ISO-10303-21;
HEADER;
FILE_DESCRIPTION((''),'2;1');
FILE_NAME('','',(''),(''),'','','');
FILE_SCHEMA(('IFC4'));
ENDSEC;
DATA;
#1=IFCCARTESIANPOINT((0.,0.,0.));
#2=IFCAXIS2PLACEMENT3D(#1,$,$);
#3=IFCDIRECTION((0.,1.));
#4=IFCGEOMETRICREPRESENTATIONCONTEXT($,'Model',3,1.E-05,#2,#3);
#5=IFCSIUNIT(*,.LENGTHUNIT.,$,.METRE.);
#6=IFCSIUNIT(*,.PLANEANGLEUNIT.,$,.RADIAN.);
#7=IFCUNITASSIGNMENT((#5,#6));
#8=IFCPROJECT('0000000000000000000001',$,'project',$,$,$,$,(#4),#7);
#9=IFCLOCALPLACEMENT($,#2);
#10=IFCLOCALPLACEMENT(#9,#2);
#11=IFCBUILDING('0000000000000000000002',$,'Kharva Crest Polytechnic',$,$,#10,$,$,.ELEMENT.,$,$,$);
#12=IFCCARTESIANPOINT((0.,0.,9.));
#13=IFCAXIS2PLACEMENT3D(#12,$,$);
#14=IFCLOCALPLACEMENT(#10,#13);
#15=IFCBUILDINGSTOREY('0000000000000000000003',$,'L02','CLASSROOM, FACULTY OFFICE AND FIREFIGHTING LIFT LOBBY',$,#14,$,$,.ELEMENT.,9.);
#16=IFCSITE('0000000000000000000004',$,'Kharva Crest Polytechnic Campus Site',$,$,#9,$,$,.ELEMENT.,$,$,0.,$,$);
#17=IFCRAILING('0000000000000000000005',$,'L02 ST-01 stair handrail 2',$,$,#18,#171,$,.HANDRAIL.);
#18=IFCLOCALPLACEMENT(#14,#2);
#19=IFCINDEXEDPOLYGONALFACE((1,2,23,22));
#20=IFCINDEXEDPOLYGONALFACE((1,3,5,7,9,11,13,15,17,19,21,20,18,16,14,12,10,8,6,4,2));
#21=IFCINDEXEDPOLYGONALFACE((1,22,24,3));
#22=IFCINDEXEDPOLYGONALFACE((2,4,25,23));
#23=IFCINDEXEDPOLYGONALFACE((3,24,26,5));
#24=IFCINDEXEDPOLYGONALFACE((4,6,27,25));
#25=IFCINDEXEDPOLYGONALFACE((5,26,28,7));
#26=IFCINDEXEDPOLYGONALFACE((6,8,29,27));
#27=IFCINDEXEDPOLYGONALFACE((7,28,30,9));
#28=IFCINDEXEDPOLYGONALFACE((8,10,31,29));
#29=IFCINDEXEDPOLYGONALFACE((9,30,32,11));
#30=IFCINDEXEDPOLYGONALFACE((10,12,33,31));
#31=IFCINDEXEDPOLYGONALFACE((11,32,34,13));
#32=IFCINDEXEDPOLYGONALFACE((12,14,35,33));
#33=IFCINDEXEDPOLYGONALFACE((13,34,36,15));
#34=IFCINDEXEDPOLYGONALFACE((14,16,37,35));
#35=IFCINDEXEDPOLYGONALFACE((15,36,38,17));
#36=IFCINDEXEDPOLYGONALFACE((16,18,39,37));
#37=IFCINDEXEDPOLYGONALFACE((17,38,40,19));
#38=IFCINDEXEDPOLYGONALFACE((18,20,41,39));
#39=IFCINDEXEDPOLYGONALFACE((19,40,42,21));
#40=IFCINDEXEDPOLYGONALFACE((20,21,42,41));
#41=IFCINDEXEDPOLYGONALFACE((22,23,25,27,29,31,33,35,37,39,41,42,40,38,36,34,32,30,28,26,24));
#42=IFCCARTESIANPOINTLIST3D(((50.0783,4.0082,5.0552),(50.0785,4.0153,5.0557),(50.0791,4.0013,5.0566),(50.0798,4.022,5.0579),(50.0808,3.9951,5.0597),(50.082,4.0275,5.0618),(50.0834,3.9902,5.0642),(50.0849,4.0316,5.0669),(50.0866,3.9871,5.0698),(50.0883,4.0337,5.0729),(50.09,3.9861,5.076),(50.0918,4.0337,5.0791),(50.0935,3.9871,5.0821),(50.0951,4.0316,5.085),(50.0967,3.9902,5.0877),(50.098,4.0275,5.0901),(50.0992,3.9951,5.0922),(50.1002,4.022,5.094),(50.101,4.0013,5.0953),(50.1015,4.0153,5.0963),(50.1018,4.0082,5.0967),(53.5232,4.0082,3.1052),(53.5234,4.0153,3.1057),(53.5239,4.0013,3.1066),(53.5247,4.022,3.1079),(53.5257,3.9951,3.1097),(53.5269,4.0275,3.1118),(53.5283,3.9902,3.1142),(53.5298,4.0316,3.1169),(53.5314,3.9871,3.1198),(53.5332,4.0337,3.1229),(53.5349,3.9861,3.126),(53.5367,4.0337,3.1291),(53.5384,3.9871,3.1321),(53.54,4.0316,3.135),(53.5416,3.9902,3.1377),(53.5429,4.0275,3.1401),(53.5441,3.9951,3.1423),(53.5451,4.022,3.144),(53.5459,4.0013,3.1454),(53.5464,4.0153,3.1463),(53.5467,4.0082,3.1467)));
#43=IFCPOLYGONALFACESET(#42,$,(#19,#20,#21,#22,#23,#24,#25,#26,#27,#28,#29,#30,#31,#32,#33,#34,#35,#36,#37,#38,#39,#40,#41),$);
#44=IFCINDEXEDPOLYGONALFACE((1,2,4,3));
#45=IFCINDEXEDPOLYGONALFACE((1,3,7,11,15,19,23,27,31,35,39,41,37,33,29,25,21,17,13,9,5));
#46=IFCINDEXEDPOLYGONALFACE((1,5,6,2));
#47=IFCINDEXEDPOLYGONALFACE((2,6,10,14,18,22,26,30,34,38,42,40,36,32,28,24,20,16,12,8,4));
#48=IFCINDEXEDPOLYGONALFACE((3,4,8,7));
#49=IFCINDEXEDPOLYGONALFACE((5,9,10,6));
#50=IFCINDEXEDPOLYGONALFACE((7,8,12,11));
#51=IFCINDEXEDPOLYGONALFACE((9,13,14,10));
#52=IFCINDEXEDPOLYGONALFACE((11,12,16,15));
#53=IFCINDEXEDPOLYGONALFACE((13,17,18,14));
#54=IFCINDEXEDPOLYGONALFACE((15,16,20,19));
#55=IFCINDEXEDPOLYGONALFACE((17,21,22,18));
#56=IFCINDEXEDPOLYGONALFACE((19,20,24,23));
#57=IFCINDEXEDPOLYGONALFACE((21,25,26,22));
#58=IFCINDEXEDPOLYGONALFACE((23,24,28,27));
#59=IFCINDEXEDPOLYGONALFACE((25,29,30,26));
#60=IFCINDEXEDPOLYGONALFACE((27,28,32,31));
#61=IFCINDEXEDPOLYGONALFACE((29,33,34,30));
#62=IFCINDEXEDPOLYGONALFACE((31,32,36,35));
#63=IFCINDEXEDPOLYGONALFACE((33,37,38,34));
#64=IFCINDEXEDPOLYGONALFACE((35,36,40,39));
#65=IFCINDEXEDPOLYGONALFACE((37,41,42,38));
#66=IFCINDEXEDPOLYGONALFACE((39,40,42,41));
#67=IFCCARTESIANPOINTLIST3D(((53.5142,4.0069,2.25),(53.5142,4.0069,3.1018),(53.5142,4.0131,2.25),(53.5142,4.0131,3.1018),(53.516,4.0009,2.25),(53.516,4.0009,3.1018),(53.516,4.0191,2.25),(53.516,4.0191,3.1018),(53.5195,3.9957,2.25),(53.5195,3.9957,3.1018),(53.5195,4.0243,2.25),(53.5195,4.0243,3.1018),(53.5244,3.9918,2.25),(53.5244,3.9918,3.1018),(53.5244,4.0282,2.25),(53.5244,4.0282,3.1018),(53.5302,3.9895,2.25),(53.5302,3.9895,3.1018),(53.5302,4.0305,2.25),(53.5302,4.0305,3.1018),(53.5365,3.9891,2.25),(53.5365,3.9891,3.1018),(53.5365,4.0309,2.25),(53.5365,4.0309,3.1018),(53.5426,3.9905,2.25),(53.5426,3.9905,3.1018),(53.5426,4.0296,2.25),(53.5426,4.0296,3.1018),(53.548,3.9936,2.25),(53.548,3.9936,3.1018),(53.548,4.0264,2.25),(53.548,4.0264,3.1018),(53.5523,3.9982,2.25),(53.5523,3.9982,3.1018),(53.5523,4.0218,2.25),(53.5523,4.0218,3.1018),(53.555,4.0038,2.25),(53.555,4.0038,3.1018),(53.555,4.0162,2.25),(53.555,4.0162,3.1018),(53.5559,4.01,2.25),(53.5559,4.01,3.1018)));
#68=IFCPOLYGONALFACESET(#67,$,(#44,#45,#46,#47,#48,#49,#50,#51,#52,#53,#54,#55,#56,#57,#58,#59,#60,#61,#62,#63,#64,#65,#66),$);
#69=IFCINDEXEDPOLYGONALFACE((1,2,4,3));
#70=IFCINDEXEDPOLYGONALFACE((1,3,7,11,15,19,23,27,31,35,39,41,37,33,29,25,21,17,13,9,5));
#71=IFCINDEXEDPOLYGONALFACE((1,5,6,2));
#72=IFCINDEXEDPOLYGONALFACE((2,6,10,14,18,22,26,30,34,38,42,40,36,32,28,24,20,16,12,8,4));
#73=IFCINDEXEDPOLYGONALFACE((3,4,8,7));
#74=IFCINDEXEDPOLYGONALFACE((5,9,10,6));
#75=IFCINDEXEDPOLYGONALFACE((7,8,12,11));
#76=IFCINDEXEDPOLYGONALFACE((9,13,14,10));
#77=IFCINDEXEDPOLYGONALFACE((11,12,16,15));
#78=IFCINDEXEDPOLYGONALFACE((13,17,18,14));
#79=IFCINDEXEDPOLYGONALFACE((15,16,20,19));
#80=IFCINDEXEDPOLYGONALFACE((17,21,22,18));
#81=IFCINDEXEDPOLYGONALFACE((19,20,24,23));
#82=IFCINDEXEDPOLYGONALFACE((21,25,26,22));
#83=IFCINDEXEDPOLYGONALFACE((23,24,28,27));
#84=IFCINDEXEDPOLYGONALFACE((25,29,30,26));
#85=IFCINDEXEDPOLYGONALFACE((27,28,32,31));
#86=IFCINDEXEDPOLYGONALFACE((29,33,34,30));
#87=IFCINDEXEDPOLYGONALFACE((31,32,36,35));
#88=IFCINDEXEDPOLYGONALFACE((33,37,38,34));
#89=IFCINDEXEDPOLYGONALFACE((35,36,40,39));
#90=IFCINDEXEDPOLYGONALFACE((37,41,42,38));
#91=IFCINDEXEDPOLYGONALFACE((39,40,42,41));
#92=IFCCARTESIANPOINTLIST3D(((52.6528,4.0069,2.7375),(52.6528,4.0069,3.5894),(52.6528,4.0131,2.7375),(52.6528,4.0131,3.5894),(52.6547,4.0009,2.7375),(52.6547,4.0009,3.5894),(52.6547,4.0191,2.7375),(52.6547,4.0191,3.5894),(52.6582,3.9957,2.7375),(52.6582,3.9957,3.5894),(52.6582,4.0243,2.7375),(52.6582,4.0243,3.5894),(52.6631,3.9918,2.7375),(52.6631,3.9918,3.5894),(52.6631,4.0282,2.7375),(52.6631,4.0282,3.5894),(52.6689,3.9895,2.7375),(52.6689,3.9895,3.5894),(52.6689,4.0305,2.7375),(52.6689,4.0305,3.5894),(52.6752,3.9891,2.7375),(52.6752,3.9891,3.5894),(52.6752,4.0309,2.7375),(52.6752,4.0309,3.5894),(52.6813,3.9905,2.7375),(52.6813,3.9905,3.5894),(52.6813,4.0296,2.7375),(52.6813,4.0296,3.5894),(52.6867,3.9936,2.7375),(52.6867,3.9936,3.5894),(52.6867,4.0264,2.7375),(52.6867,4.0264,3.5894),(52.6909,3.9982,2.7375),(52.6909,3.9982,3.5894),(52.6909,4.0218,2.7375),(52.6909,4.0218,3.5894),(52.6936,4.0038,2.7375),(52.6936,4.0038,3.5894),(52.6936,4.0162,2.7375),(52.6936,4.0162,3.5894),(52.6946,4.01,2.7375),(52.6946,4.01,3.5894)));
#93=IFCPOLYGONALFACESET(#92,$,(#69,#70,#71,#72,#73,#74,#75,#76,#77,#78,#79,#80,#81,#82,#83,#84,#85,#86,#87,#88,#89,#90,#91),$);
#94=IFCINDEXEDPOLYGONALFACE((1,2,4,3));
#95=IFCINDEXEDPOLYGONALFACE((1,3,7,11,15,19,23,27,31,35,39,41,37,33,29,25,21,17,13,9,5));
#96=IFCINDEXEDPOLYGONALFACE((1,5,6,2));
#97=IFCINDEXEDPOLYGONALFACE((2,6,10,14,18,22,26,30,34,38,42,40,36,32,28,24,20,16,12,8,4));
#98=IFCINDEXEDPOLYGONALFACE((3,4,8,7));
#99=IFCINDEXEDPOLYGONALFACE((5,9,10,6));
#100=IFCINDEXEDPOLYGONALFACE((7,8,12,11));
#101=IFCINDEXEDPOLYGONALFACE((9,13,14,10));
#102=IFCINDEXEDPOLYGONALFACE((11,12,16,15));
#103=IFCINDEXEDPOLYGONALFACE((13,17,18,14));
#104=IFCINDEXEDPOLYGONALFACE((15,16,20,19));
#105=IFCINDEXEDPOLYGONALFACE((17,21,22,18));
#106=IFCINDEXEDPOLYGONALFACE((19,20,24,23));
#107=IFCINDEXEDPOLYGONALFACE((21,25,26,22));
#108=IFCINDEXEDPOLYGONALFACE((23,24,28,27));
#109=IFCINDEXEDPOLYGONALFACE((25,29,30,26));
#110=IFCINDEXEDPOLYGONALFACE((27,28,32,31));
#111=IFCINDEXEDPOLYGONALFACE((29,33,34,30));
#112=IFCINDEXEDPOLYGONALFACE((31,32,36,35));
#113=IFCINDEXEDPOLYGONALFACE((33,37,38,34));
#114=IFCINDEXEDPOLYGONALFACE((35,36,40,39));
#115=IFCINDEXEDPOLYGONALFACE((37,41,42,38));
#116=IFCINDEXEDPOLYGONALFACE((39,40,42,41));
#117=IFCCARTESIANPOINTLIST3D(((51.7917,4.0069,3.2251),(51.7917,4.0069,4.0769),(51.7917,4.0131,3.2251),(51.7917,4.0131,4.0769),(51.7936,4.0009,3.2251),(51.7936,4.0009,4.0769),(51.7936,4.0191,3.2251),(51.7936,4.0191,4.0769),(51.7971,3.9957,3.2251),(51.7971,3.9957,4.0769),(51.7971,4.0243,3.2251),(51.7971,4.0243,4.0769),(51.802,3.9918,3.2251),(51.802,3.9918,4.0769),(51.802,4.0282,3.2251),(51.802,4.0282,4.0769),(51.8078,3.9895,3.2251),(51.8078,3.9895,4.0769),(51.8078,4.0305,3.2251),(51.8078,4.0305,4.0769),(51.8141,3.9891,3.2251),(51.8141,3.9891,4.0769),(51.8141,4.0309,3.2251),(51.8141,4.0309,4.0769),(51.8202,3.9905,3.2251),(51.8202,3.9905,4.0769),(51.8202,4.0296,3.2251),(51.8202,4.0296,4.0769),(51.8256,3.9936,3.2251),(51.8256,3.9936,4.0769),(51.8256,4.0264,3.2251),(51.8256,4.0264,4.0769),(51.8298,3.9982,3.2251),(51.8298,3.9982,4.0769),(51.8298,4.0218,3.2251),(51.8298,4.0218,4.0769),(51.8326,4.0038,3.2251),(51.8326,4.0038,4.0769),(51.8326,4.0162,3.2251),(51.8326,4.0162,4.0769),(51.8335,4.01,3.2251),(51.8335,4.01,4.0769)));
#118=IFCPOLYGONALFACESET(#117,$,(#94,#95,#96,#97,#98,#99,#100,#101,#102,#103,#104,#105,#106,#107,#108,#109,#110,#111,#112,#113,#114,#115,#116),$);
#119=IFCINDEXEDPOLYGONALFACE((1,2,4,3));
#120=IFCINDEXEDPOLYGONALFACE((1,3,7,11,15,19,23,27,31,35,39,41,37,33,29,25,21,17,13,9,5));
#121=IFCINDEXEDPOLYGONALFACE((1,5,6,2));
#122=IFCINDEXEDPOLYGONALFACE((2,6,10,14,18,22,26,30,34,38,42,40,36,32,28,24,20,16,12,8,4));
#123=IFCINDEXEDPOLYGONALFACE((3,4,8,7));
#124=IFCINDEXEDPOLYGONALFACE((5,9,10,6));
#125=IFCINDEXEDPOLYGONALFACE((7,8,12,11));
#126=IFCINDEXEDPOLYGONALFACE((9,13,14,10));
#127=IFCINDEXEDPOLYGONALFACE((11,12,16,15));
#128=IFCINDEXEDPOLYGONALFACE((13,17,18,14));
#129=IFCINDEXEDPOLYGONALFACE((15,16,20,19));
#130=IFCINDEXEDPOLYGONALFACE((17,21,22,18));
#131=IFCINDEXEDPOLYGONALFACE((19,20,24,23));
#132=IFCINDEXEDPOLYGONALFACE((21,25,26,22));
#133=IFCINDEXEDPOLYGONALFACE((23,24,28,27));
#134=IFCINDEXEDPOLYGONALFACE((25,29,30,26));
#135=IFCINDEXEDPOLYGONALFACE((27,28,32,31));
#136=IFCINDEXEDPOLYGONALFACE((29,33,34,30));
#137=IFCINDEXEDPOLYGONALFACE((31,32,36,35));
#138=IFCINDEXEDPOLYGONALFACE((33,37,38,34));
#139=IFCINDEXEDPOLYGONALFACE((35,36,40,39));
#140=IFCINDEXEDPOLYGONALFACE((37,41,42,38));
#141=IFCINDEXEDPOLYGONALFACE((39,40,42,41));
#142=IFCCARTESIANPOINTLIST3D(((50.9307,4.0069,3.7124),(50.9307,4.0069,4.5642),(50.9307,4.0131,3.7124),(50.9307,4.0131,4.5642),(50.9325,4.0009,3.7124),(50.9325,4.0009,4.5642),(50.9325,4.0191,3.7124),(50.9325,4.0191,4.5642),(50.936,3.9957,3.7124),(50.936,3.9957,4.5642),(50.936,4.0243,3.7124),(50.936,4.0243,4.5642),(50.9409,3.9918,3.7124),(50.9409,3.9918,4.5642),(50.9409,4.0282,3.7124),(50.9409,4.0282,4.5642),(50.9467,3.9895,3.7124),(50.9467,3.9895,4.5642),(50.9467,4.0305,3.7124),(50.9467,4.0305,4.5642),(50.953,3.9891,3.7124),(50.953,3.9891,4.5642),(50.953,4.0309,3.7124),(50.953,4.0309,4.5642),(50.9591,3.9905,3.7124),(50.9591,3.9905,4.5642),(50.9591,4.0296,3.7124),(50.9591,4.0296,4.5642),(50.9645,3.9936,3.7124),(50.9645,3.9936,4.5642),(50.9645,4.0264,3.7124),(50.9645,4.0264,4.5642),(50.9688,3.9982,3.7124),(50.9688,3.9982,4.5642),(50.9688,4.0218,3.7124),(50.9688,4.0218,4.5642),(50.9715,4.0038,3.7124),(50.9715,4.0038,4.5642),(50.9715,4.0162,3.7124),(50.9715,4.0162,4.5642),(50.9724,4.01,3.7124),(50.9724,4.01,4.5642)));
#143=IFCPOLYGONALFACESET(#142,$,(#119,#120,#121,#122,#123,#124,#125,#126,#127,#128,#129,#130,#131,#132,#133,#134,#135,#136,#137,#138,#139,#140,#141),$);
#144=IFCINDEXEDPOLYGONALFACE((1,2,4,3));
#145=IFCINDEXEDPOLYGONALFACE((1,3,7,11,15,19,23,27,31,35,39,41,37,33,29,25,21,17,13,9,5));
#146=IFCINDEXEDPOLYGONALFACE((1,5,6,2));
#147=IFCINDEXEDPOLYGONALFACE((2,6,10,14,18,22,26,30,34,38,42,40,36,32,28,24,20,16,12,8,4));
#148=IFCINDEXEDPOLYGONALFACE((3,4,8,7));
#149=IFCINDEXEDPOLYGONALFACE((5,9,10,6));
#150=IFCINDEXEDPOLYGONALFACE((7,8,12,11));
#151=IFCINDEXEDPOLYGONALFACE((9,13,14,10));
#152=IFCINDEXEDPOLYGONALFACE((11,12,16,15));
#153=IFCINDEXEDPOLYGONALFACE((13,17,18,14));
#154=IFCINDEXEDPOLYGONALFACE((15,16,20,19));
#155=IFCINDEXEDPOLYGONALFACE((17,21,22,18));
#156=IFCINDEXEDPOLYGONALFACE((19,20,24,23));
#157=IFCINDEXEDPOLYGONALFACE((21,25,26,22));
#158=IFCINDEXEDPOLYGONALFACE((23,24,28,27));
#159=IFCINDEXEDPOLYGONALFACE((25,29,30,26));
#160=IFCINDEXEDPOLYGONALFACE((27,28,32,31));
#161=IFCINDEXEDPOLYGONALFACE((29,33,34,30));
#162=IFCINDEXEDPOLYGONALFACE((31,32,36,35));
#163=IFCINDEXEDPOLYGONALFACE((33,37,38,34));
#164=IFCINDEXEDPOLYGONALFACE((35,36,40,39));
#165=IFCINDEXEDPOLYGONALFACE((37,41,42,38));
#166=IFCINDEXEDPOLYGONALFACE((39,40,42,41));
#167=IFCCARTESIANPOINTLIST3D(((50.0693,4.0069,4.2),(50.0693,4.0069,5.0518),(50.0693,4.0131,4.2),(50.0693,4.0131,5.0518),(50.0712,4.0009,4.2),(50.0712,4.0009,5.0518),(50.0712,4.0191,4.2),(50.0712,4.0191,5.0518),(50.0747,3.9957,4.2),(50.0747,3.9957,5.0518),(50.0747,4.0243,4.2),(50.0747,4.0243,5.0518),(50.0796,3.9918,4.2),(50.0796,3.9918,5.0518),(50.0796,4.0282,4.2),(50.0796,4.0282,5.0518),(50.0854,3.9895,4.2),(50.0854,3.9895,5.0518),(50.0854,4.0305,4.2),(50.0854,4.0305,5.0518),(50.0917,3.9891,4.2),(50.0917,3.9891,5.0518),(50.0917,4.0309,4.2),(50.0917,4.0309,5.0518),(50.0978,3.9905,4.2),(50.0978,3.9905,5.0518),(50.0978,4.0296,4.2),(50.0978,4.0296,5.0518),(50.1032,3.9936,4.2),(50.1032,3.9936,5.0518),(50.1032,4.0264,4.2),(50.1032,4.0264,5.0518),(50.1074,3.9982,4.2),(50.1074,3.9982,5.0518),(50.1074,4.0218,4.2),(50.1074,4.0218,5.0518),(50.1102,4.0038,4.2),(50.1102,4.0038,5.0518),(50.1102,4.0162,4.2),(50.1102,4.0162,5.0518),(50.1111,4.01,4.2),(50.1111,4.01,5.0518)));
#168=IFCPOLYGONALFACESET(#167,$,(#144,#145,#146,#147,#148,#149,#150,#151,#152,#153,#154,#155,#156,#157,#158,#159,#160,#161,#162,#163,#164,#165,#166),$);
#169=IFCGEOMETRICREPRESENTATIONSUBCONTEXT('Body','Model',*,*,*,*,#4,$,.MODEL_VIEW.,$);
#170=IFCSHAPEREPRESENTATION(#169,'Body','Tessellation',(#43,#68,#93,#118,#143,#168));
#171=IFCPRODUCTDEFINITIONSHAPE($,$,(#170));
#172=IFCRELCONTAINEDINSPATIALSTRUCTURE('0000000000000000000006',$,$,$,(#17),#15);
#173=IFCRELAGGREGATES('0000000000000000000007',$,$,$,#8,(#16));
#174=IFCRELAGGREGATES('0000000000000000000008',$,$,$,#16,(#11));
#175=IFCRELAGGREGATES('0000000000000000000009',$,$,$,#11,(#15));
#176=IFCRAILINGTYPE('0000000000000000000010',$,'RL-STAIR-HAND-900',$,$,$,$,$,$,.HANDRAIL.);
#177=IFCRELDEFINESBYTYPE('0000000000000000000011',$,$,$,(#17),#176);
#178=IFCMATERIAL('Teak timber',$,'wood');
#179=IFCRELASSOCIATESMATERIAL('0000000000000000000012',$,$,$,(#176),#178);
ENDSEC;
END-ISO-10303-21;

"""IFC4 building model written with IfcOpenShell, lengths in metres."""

from ifc_helpers import new_model, si_unit, direction, frame, origin, origin_2d, place, context, subcontext, project, spatial, circle, extrude, material, type_object, element, save


model = new_model("IFC4")

# Units and contexts
model_context = context("Model", 3, precision=1e-05, world=origin(), true_north=direction((0.0, 1.0)))
body_context = subcontext(model_context, "Body", "Model", "MODEL_VIEW")
ifc_project = project(units=[si_unit("LENGTHUNIT", "METRE"), si_unit("PLANEANGLEUNIT", "RADIAN")], contexts=[model_context])

# Site, building, storey
site_placement = place(None, origin())
site = spatial("IfcSite", under=ifc_project, at=site_placement, Name="Kharva Crest Polytechnic Campus Site", CompositionType="ELEMENT", RefElevation=0.0)
building_placement = place(site_placement, origin())
building = spatial("IfcBuilding", under=site, at=building_placement, Name="Kharva Crest Polytechnic", CompositionType="ELEMENT")
storey_placement = place(building_placement, frame((0.0, 0.0, 9.0)))
storey = spatial("IfcBuildingStorey", under=building, at=storey_placement, Name="L02", Description="CLASSROOM, FACULTY OFFICE AND FIREFIGHTING LIFT LOBBY", CompositionType="ELEMENT", Elevation=9.0)

# Shared definitions
ifc_material_1 = material(Name="Teak timber", Category="wood")

# Railing
railing_type_1 = type_object("IfcRailingType", Name="RL-STAIR-HAND-900", PredefinedType="HANDRAIL", material=ifc_material_1)
railing_1_placement = place(storey_placement, frame((53.5349, 4.01, 2.25)))
element("IfcRailing", 1, at=railing_1_placement, inside=storey, type_object=railing_type_1, Name="L02 ST-01 stair handrail 2", PredefinedType="HANDRAIL", context=body_context, shape_type="SweptSolid", body=[
    extrude(circle(Radius=0.0239, at=origin_2d()), frame((0.0, 0.0, 0.876), z_axis=(-0.870251, 0.0, 0.492608), x_axis=(0.0, -1.0, 0.0)), (0.0, 0.0, 1.0), 3.9585),
    extrude(circle(Radius=0.021, at=origin_2d()), origin(), (0.0, 0.0, 1.0), 0.8518),
    extrude(circle(Radius=0.021, at=origin_2d()), frame((-0.8613, 0.0, 0.4875)), (0.0, 0.0, 1.0), 0.8518),
    extrude(circle(Radius=0.021, at=origin_2d()), frame((-1.7224, 0.0, 0.9751)), (0.0, 0.0, 1.0), 0.8518),
    extrude(circle(Radius=0.021, at=origin_2d()), frame((-2.5835, 0.0, 1.4624)), (0.0, 0.0, 1.0), 0.8518),
    extrude(circle(Radius=0.021, at=origin_2d()), frame((-3.4448, 0.0, 1.95)), (0.0, 0.0, 1.0), 0.8518),
])

save(model, "model.ifc")
